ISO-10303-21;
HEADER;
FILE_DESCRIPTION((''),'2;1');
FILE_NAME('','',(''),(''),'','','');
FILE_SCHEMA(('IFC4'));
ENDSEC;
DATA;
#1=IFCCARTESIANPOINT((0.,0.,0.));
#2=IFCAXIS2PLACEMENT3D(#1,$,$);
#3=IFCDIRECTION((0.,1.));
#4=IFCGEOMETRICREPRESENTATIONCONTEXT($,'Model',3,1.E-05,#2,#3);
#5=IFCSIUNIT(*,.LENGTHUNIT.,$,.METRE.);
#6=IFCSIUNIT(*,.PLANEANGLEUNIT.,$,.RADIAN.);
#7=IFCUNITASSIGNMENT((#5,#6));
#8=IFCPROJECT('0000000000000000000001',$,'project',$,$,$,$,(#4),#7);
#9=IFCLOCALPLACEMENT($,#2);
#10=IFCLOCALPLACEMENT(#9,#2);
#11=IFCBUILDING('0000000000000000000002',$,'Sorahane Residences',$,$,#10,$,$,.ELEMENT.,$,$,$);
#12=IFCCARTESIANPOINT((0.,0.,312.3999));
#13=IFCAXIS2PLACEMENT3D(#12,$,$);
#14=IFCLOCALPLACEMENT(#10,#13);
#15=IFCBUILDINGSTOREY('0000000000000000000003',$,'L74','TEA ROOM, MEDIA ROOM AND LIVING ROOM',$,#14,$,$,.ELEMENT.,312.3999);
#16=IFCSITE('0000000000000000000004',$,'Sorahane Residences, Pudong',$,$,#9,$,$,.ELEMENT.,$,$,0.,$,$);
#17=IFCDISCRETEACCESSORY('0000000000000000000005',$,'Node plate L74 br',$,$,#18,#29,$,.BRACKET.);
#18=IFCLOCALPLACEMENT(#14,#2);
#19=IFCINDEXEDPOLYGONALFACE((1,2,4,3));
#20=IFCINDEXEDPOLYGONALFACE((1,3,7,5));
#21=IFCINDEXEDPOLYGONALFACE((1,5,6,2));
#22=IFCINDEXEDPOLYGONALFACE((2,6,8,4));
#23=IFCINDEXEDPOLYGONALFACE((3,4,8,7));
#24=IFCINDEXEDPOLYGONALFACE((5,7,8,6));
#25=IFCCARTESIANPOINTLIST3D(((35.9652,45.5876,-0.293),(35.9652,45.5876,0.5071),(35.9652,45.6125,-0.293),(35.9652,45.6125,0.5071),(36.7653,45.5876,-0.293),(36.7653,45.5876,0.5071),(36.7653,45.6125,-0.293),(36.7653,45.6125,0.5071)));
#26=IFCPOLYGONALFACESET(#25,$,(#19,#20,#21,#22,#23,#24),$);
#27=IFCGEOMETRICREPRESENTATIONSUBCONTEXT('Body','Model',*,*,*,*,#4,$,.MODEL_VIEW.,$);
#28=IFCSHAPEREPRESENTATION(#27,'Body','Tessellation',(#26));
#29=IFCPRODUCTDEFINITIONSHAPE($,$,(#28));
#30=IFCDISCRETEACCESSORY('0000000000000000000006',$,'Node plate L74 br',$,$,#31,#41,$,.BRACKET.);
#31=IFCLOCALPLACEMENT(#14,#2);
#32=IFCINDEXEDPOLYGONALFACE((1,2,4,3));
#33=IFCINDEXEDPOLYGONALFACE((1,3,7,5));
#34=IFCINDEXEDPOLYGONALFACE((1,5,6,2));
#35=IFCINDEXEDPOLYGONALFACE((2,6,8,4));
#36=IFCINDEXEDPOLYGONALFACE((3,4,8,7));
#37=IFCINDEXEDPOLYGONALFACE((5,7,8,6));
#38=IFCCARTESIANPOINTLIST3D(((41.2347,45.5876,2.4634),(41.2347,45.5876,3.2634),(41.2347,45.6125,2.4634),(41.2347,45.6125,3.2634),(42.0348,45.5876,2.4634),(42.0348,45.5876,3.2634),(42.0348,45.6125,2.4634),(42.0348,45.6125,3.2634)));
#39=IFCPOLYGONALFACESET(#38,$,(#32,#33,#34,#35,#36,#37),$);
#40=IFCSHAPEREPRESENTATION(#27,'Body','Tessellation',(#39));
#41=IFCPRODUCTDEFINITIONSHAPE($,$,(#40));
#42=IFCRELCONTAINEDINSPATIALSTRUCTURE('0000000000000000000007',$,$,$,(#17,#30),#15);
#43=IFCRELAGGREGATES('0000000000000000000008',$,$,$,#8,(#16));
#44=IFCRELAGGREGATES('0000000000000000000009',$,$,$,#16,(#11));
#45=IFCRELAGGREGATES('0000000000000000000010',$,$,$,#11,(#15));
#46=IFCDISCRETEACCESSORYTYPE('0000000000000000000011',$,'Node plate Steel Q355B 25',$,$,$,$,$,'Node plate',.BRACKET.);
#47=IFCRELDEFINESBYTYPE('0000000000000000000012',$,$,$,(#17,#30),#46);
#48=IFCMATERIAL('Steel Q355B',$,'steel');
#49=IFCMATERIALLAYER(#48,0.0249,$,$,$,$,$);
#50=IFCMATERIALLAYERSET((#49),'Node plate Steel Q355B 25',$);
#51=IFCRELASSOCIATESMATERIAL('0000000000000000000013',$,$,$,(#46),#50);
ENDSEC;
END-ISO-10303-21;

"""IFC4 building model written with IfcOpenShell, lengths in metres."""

from ifc_helpers import new_model, si_unit, direction, frame, origin, origin_2d, place, context, subcontext, project, spatial, rectangle, extrude, material, layer, layer_set, type_object, element, save


model = new_model("IFC4")

# Units and contexts
model_context = context("Model", 3, precision=1e-05, world=origin(), true_north=direction((0.0, 1.0)))
body_context = subcontext(model_context, "Body", "Model", "MODEL_VIEW")
ifc_project = project(units=[si_unit("LENGTHUNIT", "METRE"), si_unit("PLANEANGLEUNIT", "RADIAN")], contexts=[model_context])

# Site, building, storey
site_placement = place(None, origin())
site = spatial("IfcSite", under=ifc_project, at=site_placement, Name="Sorahane Residences, Pudong", CompositionType="ELEMENT", RefElevation=0.0)
building_placement = place(site_placement, origin())
building = spatial("IfcBuilding", under=site, at=building_placement, Name="Sorahane Residences", CompositionType="ELEMENT")
storey_placement = place(building_placement, frame((0.0, 0.0, 312.3999)))
storey = spatial("IfcBuildingStorey", under=building, at=storey_placement, Name="L74", Description="TEA ROOM, MEDIA ROOM AND LIVING ROOM", CompositionType="ELEMENT", Elevation=312.3999)

# Discrete accessories
ifc_material_1 = material(Name="Steel Q355B", Category="steel")
ifc_layer_1 = layer(ifc_material_1, 0.0249)
ifc_layer_set_1 = layer_set([ifc_layer_1], Name="Node plate Steel Q355B 25")
discrete_accessory_type = type_object("IfcDiscreteAccessoryType", Name="Node plate Steel Q355B 25", ElementType="Node plate", PredefinedType="BRACKET", material=ifc_layer_set_1)
for number, where, z_axis, x_axis, name in (
    (1, (36.3652, 45.6001, -0.293), (0.0, 0.0, 1.0), (1.0, 0.0, 0.0), "Node plate L74 br"),
    (2, (41.6348, 45.6001, 2.4634), (0.0, 0.0, 1.0), (1.0, 0.0, 0.0), "Node plate L74 br"),
):
    element("IfcDiscreteAccessory", number, at=place(storey_placement, frame(where, z_axis=z_axis, x_axis=x_axis)), inside=storey, type_object=discrete_accessory_type, Name=name, PredefinedType="BRACKET", context=body_context, shape_type="SweptSolid", body=[
        extrude(rectangle(XDim=0.8, YDim=0.0249, at=origin_2d()), origin(), (0.0, 0.0, 1.0), 0.8),
    ])

save(model, "model.ifc")
